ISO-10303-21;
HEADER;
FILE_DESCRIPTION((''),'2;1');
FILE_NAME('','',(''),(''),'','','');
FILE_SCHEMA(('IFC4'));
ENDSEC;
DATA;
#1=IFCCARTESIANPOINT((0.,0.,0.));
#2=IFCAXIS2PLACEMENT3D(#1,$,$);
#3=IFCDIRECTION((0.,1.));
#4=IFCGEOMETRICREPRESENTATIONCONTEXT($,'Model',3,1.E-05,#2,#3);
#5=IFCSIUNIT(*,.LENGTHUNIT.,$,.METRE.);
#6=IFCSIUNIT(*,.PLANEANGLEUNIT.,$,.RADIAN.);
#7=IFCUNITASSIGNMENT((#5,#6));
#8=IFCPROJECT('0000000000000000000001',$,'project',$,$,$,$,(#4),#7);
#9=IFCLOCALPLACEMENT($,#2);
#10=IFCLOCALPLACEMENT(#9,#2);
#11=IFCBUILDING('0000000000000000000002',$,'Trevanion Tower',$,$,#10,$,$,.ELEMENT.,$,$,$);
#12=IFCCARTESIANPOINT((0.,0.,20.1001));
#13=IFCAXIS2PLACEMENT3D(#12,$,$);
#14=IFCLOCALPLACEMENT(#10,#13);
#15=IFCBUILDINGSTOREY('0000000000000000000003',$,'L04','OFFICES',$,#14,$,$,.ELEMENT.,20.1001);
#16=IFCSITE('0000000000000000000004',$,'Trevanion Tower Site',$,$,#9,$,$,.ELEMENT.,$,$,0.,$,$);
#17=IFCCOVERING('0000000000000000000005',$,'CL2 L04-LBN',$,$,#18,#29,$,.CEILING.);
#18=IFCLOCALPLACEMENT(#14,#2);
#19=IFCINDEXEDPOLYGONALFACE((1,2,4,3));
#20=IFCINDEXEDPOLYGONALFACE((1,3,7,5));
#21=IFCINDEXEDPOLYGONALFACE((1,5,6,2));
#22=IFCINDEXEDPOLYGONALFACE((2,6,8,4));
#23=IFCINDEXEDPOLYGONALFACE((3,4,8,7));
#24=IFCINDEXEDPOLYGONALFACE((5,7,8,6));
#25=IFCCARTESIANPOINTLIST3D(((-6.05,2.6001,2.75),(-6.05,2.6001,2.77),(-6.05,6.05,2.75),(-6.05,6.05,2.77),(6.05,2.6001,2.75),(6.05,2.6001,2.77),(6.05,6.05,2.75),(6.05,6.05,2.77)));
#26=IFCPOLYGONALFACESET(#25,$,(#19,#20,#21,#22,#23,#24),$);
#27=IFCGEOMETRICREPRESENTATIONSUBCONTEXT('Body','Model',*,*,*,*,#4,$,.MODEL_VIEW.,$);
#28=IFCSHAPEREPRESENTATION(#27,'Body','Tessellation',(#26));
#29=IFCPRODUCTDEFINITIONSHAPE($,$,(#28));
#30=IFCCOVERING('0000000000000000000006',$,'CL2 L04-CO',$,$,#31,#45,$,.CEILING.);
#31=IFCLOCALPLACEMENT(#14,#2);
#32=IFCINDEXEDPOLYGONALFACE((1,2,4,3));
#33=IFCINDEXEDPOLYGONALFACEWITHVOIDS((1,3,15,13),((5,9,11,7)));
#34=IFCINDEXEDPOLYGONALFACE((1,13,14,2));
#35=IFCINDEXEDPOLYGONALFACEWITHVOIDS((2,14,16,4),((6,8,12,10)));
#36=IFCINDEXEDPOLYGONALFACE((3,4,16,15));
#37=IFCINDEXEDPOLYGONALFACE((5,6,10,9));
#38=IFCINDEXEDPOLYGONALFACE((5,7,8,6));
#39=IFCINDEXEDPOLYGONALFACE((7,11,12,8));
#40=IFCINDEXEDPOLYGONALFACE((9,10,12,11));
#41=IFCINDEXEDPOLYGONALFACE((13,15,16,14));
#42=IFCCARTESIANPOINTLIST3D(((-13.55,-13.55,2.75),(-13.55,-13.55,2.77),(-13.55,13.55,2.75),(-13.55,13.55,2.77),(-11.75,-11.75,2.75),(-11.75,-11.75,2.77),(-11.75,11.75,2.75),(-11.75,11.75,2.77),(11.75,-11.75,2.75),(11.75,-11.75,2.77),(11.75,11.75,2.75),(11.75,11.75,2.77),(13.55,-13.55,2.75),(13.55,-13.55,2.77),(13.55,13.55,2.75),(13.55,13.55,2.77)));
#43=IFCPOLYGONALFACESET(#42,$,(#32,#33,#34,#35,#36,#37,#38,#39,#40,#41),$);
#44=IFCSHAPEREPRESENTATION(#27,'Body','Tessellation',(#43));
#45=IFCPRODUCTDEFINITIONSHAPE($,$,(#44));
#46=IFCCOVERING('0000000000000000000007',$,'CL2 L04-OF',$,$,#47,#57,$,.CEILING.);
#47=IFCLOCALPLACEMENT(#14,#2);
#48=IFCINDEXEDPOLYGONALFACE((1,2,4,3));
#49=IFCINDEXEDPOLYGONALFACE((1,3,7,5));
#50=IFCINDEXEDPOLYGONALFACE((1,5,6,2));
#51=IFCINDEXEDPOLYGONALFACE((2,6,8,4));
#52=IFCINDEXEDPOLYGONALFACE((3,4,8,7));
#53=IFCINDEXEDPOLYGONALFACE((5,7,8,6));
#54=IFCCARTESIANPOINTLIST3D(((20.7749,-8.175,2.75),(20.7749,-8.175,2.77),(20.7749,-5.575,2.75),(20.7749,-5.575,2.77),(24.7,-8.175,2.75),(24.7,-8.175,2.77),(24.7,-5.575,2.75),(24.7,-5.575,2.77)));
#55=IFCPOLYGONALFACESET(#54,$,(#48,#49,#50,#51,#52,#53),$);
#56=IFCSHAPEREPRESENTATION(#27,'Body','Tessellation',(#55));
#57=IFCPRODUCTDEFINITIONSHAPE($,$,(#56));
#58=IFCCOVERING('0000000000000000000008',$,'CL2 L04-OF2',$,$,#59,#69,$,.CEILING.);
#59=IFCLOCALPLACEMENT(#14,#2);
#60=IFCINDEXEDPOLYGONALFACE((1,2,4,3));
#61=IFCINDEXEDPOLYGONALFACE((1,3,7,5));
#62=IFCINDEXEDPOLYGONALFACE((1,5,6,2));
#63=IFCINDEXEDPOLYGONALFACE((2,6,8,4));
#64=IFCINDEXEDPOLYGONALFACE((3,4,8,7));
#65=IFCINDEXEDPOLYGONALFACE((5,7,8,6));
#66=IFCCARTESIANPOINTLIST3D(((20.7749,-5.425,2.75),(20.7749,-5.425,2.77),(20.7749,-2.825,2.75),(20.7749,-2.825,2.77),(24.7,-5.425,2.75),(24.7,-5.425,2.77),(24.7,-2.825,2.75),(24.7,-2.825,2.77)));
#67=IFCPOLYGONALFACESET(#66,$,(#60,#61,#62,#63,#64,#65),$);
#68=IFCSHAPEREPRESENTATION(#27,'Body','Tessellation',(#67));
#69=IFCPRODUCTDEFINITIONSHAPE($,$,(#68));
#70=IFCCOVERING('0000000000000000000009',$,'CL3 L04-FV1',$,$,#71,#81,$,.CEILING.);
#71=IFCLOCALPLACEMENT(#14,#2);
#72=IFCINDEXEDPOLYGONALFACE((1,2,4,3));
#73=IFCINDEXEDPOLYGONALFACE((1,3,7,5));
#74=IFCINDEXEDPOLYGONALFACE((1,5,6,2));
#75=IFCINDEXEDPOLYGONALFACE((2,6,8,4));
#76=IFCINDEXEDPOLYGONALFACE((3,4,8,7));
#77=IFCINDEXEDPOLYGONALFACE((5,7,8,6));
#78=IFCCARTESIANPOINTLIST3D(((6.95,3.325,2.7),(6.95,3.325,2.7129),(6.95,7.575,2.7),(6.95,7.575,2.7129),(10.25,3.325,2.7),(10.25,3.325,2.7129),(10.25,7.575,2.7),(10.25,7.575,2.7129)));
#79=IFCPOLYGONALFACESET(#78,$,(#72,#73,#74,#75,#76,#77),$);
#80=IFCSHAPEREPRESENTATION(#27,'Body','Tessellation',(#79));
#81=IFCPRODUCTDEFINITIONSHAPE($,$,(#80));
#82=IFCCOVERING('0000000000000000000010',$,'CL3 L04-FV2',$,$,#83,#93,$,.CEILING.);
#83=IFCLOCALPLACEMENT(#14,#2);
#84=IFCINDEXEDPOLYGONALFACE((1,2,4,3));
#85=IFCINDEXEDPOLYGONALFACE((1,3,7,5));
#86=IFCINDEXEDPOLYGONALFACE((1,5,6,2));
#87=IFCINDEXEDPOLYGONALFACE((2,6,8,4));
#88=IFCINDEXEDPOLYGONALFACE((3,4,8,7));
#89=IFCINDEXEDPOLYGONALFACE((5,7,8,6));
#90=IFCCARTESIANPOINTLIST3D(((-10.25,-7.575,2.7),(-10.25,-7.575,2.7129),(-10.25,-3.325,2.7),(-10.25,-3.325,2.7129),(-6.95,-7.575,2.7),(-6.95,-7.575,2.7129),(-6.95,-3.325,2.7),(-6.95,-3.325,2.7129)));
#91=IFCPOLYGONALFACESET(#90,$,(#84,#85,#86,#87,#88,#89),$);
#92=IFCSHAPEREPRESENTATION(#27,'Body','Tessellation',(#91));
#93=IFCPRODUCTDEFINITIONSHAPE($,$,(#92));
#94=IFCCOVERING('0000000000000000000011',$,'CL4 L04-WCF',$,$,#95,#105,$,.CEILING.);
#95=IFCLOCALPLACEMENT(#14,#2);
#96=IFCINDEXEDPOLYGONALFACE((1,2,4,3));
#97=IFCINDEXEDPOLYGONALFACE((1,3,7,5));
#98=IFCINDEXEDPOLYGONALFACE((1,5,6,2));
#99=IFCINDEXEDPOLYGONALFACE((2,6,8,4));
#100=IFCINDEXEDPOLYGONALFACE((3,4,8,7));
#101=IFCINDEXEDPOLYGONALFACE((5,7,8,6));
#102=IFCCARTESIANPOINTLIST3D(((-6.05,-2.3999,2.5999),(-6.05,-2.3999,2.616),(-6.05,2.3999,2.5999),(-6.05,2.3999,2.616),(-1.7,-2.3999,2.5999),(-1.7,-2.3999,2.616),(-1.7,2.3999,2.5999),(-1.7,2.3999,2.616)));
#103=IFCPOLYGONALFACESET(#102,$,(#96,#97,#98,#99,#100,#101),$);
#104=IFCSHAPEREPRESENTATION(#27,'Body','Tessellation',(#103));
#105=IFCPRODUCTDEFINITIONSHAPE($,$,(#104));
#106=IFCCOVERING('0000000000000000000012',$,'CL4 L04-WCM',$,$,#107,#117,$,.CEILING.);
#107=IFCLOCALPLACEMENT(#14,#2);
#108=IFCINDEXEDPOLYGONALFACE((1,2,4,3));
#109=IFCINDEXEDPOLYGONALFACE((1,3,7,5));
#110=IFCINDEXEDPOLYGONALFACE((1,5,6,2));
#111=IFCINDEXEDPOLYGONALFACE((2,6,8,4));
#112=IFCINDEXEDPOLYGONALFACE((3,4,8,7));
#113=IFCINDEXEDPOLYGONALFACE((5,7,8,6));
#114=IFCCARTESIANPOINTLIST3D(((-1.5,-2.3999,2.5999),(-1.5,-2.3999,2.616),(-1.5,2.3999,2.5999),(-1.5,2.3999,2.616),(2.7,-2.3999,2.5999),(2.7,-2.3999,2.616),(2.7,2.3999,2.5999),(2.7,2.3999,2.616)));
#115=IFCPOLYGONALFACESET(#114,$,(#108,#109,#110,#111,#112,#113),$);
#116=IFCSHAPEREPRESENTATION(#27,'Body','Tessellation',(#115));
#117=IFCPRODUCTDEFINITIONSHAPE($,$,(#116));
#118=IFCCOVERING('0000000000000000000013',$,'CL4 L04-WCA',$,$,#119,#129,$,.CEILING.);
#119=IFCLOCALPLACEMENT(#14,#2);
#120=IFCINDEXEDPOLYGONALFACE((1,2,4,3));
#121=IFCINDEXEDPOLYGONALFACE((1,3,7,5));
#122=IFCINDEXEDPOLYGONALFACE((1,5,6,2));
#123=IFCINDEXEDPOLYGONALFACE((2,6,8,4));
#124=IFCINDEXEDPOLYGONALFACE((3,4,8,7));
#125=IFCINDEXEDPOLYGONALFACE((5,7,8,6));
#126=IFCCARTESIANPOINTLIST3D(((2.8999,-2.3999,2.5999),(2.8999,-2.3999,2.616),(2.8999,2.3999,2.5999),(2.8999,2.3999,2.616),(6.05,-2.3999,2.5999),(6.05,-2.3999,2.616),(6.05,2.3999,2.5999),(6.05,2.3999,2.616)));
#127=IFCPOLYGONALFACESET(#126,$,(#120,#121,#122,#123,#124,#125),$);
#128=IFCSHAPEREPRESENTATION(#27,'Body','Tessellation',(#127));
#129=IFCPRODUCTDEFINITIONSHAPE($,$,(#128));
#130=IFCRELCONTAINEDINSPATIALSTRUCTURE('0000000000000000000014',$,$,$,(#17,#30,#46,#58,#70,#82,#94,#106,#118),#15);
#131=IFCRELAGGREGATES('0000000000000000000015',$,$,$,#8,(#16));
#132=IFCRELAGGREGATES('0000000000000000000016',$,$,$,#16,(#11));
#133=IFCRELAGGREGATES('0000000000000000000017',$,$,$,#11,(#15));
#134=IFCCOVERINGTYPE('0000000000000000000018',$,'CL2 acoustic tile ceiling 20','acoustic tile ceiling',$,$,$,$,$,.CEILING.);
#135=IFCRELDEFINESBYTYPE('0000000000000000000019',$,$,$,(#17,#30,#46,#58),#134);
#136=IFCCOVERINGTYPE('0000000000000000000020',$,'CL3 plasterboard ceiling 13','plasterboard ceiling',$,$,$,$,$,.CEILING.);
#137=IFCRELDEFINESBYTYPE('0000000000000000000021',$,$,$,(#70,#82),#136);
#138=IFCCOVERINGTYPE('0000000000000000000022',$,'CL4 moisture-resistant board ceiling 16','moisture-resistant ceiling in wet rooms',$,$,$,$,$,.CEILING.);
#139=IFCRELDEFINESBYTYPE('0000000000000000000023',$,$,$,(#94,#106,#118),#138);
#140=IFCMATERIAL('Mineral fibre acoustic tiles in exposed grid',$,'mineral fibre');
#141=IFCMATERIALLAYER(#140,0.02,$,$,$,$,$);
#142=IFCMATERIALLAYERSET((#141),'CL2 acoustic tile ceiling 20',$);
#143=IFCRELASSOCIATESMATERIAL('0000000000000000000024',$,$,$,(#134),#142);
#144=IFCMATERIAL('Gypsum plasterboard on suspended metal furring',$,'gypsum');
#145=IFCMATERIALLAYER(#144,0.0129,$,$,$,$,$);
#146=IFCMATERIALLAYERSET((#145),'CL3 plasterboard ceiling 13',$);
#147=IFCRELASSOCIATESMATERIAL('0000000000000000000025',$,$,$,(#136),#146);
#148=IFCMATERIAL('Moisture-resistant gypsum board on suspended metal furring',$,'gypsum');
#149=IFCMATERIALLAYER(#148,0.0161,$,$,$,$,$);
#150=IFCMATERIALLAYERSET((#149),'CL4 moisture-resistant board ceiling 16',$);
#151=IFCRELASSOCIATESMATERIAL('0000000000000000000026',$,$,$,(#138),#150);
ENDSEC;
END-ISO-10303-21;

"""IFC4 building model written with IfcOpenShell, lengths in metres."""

from ifc_helpers import new_model, si_unit, direction, frame, origin, place, context, subcontext, project, spatial, polyline, outline, extrude, material, layer, layer_set, type_object, element, save


model = new_model("IFC4")

# Units and contexts
model_context = context("Model", 3, precision=1e-05, world=origin(), true_north=direction((0.0, 1.0)))
body_context = subcontext(model_context, "Body", "Model", "MODEL_VIEW")
ifc_project = project(units=[si_unit("LENGTHUNIT", "METRE"), si_unit("PLANEANGLEUNIT", "RADIAN")], contexts=[model_context])

# Site, building, storey
site_placement = place(None, origin())
site = spatial("IfcSite", under=ifc_project, at=site_placement, Name="Trevanion Tower Site", CompositionType="ELEMENT", RefElevation=0.0)
building_placement = place(site_placement, origin())
building = spatial("IfcBuilding", under=site, at=building_placement, Name="Trevanion Tower", CompositionType="ELEMENT")
storey_placement = place(building_placement, frame((0.0, 0.0, 20.1001)))
storey = spatial("IfcBuildingStorey", under=building, at=storey_placement, Name="L04", Description="OFFICES", CompositionType="ELEMENT", Elevation=20.1001)

# Coverings
ifc_material_1 = material(Name="Mineral fibre acoustic tiles in exposed grid", Category="mineral fibre")
ifc_layer_1 = layer(ifc_material_1, 0.02)
ifc_layer_set_1 = layer_set([ifc_layer_1], Name="CL2 acoustic tile ceiling 20")
covering_type_1 = type_object("IfcCoveringType", Name="CL2 acoustic tile ceiling 20", Description="acoustic tile ceiling", PredefinedType="CEILING", material=ifc_layer_set_1)
covering_1_placement = place(storey_placement, frame((0.0, 0.0, 2.75)))
element("IfcCovering", 1, at=covering_1_placement, inside=storey, type_object=covering_type_1, Name="CL2 L04-LBN", PredefinedType="CEILING", context=body_context, shape_type="SweptSolid", body=[
    extrude(outline(polyline([(6.05, 2.6001), (6.05, 6.05), (-6.05, 6.05), (-6.05, 2.6001), (6.05, 2.6001)])), origin(), (0.0, 0.0, 1.0), 0.02),
])
covering_2_placement = place(storey_placement, frame((0.0, 0.0, 2.75)))
element("IfcCovering", 2, at=covering_2_placement, inside=storey, type_object=covering_type_1, Name="CL2 L04-CO", PredefinedType="CEILING", context=body_context, shape_type="SweptSolid", body=[
    extrude(outline(polyline([(-13.55, 13.55), (13.55, 13.55), (13.55, -13.55), (-13.55, -13.55), (-13.55, 13.55)]), holes=[polyline([(-11.75, 11.75), (-11.75, -11.75), (11.75, -11.75), (11.75, 11.75), (-11.75, 11.75)])]), origin(), (0.0, 0.0, 1.0), 0.02),
])
covering_3_placement = place(storey_placement, frame((0.0, 0.0, 2.75)))
element("IfcCovering", 3, at=covering_3_placement, inside=storey, type_object=covering_type_1, Name="CL2 L04-OF", PredefinedType="CEILING", context=body_context, shape_type="SweptSolid", body=[
    extrude(outline(polyline([(20.7749, -8.175), (20.7749, -5.575), (24.7, -5.575), (24.7, -8.175), (20.7749, -8.175)])), origin(), (0.0, 0.0, 1.0), 0.02),
])
covering_4_placement = place(storey_placement, frame((0.0, 0.0, 2.75)))
element("IfcCovering", 4, at=covering_4_placement, inside=storey, type_object=covering_type_1, Name="CL2 L04-OF2", PredefinedType="CEILING", context=body_context, shape_type="SweptSolid", body=[
    extrude(outline(polyline([(20.7749, -5.425), (20.7749, -2.825), (24.7, -2.825), (24.7, -5.425), (20.7749, -5.425)])), origin(), (0.0, 0.0, 1.0), 0.02),
])
ifc_material_2 = material(Name="Gypsum plasterboard on suspended metal furring", Category="gypsum")
ifc_layer_2 = layer(ifc_material_2, 0.0129)
ifc_layer_set_2 = layer_set([ifc_layer_2], Name="CL3 plasterboard ceiling 13")
covering_type_2 = type_object("IfcCoveringType", Name="CL3 plasterboard ceiling 13", Description="plasterboard ceiling", PredefinedType="CEILING", material=ifc_layer_set_2)
covering_5_placement = place(storey_placement, frame((0.0, 0.0, 2.7)))
element("IfcCovering", 5, at=covering_5_placement, inside=storey, type_object=covering_type_2, Name="CL3 L04-FV1", PredefinedType="CEILING", context=body_context, shape_type="SweptSolid", body=[
    extrude(outline(polyline([(10.25, 3.325), (10.25, 7.575), (6.95, 7.575), (6.95, 3.325), (10.25, 3.325)])), origin(), (0.0, 0.0, 1.0), 0.0129),
])
covering_6_placement = place(storey_placement, frame((0.0, 0.0, 2.7)))
element("IfcCovering", 6, at=covering_6_placement, inside=storey, type_object=covering_type_2, Name="CL3 L04-FV2", PredefinedType="CEILING", context=body_context, shape_type="SweptSolid", body=[
    extrude(outline(polyline([(-10.25, -3.325), (-10.25, -7.575), (-6.95, -7.575), (-6.95, -3.325), (-10.25, -3.325)])), origin(), (0.0, 0.0, 1.0), 0.0129),
])
ifc_material_3 = material(Name="Moisture-resistant gypsum board on suspended metal furring", Category="gypsum")
ifc_layer_3 = layer(ifc_material_3, 0.0161)
ifc_layer_set_3 = layer_set([ifc_layer_3], Name="CL4 moisture-resistant board ceiling 16")
covering_type_3 = type_object("IfcCoveringType", Name="CL4 moisture-resistant board ceiling 16", Description="moisture-resistant ceiling in wet rooms", PredefinedType="CEILING", material=ifc_layer_set_3)
covering_7_placement = place(storey_placement, frame((0.0, 0.0, 2.5999)))
element("IfcCovering", 7, at=covering_7_placement, inside=storey, type_object=covering_type_3, Name="CL4 L04-WCF", PredefinedType="CEILING", context=body_context, shape_type="SweptSolid", body=[
    extrude(outline(polyline([(-1.7, -2.3999), (-1.7, 2.3999), (-6.05, 2.3999), (-6.05, -2.3999), (-1.7, -2.3999)])), origin(), (0.0, 0.0, 1.0), 0.0161),
])
covering_8_placement = place(storey_placement, frame((0.0, 0.0, 2.5999)))
element("IfcCovering", 8, at=covering_8_placement, inside=storey, type_object=covering_type_3, Name="CL4 L04-WCM", PredefinedType="CEILING", context=body_context, shape_type="SweptSolid", body=[
    extrude(outline(polyline([(2.7, -2.3999), (2.7, 2.3999), (-1.5, 2.3999), (-1.5, -2.3999), (2.7, -2.3999)])), origin(), (0.0, 0.0, 1.0), 0.0161),
])
covering_9_placement = place(storey_placement, frame((0.0, 0.0, 2.5999)))
element("IfcCovering", 9, at=covering_9_placement, inside=storey, type_object=covering_type_3, Name="CL4 L04-WCA", PredefinedType="CEILING", context=body_context, shape_type="SweptSolid", body=[
    extrude(outline(polyline([(6.05, -2.3999), (6.05, 2.3999), (2.8999, 2.3999), (2.8999, -2.3999), (6.05, -2.3999)])), origin(), (0.0, 0.0, 1.0), 0.0161),
])

save(model, "model.ifc")
